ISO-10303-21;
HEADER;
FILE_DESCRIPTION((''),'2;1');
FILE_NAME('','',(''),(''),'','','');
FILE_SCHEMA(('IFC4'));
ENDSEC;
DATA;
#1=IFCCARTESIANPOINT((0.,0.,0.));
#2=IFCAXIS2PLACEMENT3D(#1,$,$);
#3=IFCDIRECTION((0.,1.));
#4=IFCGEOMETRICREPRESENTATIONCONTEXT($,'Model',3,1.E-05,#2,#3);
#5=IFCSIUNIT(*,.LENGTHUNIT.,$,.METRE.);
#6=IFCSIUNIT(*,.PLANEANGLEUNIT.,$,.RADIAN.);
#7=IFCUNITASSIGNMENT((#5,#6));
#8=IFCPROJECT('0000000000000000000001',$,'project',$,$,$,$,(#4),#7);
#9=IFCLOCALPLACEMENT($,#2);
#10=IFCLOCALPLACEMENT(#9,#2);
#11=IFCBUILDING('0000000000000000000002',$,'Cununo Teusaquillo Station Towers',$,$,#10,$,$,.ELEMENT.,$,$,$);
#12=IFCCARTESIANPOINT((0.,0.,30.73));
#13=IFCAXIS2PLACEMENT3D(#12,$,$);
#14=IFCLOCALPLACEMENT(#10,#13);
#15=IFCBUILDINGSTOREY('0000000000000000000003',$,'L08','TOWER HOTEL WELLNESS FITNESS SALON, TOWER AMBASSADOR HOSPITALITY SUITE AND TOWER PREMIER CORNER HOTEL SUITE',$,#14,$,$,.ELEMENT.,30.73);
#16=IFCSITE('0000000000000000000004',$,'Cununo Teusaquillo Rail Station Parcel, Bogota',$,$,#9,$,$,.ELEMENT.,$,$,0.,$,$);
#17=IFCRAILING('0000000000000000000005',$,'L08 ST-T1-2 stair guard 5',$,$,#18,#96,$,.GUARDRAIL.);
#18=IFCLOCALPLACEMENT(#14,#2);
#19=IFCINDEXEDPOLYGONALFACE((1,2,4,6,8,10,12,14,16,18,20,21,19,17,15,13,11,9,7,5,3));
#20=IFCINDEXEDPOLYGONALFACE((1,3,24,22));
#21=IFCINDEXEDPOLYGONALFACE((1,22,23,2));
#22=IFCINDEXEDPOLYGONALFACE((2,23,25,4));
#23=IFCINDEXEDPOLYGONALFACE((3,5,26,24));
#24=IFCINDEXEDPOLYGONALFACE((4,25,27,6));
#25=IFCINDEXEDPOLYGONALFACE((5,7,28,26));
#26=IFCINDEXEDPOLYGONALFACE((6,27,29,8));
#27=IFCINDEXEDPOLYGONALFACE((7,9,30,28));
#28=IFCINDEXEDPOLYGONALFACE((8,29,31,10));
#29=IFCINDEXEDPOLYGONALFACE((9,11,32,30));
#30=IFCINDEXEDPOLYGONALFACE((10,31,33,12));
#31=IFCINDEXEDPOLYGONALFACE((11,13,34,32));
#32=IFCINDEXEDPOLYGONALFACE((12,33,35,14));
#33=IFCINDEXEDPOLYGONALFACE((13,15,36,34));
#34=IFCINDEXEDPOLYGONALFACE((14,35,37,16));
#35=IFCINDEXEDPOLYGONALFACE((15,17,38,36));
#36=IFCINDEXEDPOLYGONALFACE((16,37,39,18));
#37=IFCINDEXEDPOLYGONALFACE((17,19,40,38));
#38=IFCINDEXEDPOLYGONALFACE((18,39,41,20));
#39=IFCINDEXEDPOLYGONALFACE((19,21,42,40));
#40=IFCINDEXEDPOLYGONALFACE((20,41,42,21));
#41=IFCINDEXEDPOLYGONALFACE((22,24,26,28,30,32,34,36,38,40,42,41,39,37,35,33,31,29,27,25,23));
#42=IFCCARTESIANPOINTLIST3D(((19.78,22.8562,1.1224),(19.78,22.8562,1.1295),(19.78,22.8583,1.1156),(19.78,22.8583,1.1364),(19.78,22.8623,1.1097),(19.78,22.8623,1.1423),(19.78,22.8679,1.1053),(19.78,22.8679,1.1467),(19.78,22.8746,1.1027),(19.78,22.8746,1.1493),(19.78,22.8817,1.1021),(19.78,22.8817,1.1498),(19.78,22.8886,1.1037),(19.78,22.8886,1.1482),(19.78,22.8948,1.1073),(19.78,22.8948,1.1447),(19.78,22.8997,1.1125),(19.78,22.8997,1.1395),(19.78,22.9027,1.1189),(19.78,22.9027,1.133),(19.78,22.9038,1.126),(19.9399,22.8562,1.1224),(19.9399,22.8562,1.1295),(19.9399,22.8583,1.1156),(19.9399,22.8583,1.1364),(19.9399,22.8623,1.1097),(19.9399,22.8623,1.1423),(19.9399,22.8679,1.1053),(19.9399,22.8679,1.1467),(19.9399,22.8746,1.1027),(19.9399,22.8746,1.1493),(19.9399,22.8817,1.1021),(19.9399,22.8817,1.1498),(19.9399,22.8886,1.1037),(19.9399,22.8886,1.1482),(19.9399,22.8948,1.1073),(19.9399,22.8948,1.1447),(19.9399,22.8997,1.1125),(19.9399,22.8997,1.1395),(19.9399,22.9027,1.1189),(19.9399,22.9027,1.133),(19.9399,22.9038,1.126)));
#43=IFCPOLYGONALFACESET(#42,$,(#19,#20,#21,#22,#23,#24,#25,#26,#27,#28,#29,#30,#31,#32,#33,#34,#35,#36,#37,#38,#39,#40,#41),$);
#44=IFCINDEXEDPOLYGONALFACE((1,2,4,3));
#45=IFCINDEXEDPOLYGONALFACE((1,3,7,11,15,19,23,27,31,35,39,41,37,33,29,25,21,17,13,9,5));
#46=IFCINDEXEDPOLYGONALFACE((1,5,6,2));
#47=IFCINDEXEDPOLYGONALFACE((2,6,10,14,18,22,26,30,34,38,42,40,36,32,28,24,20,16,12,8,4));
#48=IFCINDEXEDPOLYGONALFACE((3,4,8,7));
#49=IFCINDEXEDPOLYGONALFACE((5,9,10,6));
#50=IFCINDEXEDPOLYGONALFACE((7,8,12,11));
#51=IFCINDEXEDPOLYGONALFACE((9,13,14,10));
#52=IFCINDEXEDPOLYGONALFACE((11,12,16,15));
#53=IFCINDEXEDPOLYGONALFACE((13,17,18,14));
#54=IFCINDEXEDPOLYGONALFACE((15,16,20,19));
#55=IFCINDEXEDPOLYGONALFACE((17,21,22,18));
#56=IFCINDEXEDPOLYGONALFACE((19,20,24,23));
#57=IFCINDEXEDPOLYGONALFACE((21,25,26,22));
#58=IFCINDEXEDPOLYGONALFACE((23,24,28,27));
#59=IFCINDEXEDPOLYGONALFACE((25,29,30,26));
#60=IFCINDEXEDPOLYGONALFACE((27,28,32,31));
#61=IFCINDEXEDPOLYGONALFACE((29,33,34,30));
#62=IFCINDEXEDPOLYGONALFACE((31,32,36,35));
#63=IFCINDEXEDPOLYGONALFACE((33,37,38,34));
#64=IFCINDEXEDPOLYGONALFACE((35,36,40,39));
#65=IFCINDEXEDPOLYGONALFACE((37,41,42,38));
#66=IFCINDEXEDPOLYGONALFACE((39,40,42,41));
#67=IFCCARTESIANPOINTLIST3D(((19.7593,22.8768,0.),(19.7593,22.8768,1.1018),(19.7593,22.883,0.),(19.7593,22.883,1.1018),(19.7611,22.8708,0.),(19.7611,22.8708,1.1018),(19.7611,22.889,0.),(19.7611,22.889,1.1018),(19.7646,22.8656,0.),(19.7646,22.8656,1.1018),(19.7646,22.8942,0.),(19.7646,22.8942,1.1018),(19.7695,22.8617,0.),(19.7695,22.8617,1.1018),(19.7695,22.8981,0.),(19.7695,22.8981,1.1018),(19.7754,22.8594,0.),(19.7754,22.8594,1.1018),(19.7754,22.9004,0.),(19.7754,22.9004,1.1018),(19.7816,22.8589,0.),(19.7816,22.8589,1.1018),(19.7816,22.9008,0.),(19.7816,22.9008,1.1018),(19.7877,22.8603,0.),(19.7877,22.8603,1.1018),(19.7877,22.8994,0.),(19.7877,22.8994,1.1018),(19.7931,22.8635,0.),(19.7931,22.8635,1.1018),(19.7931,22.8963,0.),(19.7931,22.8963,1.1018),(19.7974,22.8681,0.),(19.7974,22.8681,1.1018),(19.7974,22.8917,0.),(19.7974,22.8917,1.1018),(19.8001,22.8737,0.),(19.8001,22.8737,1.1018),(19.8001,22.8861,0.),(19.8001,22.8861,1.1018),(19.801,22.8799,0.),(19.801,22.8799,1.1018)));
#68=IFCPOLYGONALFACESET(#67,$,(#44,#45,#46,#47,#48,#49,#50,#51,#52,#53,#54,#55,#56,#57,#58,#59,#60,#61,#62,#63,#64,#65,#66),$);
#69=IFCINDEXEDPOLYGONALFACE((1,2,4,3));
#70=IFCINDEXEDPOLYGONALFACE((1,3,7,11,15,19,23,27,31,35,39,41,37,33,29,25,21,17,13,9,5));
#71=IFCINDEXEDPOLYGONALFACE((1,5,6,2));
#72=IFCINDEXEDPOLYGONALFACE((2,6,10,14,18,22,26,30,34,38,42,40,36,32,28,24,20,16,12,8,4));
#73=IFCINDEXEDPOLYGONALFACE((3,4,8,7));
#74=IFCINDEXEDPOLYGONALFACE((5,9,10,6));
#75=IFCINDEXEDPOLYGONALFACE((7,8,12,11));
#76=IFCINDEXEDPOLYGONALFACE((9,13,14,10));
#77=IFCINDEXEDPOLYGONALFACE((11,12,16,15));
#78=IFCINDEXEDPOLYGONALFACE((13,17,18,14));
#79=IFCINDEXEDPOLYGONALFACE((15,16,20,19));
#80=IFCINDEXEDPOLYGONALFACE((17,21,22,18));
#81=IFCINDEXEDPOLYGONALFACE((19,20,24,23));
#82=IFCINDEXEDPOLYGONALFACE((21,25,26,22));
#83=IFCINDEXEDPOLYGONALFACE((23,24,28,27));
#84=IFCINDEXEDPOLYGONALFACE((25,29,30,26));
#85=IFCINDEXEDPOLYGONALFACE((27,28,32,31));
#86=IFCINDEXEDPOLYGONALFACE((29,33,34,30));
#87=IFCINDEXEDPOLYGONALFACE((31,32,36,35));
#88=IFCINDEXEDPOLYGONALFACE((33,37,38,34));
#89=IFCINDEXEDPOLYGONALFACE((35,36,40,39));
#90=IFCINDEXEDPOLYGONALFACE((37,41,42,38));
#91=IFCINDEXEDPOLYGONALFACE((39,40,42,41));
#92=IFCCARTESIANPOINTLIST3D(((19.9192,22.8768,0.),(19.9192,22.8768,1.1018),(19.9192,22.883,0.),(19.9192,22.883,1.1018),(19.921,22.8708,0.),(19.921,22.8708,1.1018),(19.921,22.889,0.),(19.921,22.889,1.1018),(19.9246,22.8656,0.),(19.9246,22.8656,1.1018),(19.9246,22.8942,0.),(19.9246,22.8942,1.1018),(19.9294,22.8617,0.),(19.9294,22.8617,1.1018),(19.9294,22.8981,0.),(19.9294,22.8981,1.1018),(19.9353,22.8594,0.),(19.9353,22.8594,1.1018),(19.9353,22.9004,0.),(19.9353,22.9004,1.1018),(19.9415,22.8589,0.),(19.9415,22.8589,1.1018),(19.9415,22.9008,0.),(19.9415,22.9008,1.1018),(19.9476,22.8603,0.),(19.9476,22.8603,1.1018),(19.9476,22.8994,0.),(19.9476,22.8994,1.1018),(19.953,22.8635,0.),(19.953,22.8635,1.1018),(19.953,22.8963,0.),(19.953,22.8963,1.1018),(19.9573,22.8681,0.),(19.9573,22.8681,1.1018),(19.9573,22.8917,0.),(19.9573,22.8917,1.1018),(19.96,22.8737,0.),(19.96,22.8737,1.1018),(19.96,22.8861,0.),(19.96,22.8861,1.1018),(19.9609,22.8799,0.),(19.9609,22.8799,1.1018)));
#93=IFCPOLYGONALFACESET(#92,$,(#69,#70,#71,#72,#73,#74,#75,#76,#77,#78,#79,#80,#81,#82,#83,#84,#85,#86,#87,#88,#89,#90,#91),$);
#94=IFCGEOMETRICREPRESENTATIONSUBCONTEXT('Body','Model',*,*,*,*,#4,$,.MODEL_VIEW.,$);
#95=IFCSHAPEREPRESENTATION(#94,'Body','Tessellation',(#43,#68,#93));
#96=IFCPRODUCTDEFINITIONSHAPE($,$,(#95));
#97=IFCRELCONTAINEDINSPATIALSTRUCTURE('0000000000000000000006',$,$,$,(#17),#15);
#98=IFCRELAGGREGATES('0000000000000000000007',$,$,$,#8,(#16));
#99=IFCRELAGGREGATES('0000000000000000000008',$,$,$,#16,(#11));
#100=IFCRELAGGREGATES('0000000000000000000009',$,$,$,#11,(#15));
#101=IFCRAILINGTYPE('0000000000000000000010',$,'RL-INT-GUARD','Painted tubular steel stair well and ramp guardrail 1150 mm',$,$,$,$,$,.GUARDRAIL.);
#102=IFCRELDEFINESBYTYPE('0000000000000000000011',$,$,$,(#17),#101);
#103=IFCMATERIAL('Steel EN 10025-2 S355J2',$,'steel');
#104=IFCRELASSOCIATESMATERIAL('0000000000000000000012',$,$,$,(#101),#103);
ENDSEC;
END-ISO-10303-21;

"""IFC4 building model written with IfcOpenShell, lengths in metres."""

from ifc_helpers import new_model, si_unit, direction, frame, origin, origin_2d, place, context, subcontext, project, spatial, circle, extrude, material, type_object, element, save


model = new_model("IFC4")

# Units and contexts
model_context = context("Model", 3, precision=1e-05, world=origin(), true_north=direction((0.0, 1.0)))
body_context = subcontext(model_context, "Body", "Model", "MODEL_VIEW")
ifc_project = project(units=[si_unit("LENGTHUNIT", "METRE"), si_unit("PLANEANGLEUNIT", "RADIAN")], contexts=[model_context])

# Site, building, storey
site_placement = place(None, origin())
site = spatial("IfcSite", under=ifc_project, at=site_placement, Name="Cununo Teusaquillo Rail Station Parcel, Bogota", CompositionType="ELEMENT", RefElevation=0.0)
building_placement = place(site_placement, origin())
building = spatial("IfcBuilding", under=site, at=building_placement, Name="Cununo Teusaquillo Station Towers", CompositionType="ELEMENT")
storey_placement = place(building_placement, frame((0.0, 0.0, 30.73)))
storey = spatial("IfcBuildingStorey", under=building, at=storey_placement, Name="L08", Description="TOWER HOTEL WELLNESS FITNESS SALON, TOWER AMBASSADOR HOSPITALITY SUITE AND TOWER PREMIER CORNER HOTEL SUITE", CompositionType="ELEMENT", Elevation=30.73)

# Railing
ifc_material_1 = material(Name="Steel EN 10025-2 S355J2", Category="steel")
railing_type_1 = type_object("IfcRailingType", Name="RL-INT-GUARD", Description="Painted tubular steel stair well and ramp guardrail 1150 mm", PredefinedType="GUARDRAIL", material=ifc_material_1)
railing_1_placement = place(storey_placement, frame((19.78, 22.8799, 0.0)))
element("IfcRailing", 1, at=railing_1_placement, inside=storey, type_object=railing_type_1, Name="L08 ST-T1-2 stair guard 5", PredefinedType="GUARDRAIL", context=body_context, shape_type="SweptSolid", body=[
    extrude(circle(Radius=0.0239, at=origin_2d()), frame((0.0, 0.0, 1.126), z_axis=(1.0, 0.0, 0.0), x_axis=(0.0, 1.0, 0.0)), (0.0, 0.0, 1.0), 0.1599),
    extrude(circle(Radius=0.021, at=origin_2d()), origin(), (0.0, 0.0, 1.0), 1.1018),
    extrude(circle(Radius=0.021, at=origin_2d()), frame((0.1599, 0.0, 0.0)), (0.0, 0.0, 1.0), 1.1018),
])

save(model, "model.ifc")
